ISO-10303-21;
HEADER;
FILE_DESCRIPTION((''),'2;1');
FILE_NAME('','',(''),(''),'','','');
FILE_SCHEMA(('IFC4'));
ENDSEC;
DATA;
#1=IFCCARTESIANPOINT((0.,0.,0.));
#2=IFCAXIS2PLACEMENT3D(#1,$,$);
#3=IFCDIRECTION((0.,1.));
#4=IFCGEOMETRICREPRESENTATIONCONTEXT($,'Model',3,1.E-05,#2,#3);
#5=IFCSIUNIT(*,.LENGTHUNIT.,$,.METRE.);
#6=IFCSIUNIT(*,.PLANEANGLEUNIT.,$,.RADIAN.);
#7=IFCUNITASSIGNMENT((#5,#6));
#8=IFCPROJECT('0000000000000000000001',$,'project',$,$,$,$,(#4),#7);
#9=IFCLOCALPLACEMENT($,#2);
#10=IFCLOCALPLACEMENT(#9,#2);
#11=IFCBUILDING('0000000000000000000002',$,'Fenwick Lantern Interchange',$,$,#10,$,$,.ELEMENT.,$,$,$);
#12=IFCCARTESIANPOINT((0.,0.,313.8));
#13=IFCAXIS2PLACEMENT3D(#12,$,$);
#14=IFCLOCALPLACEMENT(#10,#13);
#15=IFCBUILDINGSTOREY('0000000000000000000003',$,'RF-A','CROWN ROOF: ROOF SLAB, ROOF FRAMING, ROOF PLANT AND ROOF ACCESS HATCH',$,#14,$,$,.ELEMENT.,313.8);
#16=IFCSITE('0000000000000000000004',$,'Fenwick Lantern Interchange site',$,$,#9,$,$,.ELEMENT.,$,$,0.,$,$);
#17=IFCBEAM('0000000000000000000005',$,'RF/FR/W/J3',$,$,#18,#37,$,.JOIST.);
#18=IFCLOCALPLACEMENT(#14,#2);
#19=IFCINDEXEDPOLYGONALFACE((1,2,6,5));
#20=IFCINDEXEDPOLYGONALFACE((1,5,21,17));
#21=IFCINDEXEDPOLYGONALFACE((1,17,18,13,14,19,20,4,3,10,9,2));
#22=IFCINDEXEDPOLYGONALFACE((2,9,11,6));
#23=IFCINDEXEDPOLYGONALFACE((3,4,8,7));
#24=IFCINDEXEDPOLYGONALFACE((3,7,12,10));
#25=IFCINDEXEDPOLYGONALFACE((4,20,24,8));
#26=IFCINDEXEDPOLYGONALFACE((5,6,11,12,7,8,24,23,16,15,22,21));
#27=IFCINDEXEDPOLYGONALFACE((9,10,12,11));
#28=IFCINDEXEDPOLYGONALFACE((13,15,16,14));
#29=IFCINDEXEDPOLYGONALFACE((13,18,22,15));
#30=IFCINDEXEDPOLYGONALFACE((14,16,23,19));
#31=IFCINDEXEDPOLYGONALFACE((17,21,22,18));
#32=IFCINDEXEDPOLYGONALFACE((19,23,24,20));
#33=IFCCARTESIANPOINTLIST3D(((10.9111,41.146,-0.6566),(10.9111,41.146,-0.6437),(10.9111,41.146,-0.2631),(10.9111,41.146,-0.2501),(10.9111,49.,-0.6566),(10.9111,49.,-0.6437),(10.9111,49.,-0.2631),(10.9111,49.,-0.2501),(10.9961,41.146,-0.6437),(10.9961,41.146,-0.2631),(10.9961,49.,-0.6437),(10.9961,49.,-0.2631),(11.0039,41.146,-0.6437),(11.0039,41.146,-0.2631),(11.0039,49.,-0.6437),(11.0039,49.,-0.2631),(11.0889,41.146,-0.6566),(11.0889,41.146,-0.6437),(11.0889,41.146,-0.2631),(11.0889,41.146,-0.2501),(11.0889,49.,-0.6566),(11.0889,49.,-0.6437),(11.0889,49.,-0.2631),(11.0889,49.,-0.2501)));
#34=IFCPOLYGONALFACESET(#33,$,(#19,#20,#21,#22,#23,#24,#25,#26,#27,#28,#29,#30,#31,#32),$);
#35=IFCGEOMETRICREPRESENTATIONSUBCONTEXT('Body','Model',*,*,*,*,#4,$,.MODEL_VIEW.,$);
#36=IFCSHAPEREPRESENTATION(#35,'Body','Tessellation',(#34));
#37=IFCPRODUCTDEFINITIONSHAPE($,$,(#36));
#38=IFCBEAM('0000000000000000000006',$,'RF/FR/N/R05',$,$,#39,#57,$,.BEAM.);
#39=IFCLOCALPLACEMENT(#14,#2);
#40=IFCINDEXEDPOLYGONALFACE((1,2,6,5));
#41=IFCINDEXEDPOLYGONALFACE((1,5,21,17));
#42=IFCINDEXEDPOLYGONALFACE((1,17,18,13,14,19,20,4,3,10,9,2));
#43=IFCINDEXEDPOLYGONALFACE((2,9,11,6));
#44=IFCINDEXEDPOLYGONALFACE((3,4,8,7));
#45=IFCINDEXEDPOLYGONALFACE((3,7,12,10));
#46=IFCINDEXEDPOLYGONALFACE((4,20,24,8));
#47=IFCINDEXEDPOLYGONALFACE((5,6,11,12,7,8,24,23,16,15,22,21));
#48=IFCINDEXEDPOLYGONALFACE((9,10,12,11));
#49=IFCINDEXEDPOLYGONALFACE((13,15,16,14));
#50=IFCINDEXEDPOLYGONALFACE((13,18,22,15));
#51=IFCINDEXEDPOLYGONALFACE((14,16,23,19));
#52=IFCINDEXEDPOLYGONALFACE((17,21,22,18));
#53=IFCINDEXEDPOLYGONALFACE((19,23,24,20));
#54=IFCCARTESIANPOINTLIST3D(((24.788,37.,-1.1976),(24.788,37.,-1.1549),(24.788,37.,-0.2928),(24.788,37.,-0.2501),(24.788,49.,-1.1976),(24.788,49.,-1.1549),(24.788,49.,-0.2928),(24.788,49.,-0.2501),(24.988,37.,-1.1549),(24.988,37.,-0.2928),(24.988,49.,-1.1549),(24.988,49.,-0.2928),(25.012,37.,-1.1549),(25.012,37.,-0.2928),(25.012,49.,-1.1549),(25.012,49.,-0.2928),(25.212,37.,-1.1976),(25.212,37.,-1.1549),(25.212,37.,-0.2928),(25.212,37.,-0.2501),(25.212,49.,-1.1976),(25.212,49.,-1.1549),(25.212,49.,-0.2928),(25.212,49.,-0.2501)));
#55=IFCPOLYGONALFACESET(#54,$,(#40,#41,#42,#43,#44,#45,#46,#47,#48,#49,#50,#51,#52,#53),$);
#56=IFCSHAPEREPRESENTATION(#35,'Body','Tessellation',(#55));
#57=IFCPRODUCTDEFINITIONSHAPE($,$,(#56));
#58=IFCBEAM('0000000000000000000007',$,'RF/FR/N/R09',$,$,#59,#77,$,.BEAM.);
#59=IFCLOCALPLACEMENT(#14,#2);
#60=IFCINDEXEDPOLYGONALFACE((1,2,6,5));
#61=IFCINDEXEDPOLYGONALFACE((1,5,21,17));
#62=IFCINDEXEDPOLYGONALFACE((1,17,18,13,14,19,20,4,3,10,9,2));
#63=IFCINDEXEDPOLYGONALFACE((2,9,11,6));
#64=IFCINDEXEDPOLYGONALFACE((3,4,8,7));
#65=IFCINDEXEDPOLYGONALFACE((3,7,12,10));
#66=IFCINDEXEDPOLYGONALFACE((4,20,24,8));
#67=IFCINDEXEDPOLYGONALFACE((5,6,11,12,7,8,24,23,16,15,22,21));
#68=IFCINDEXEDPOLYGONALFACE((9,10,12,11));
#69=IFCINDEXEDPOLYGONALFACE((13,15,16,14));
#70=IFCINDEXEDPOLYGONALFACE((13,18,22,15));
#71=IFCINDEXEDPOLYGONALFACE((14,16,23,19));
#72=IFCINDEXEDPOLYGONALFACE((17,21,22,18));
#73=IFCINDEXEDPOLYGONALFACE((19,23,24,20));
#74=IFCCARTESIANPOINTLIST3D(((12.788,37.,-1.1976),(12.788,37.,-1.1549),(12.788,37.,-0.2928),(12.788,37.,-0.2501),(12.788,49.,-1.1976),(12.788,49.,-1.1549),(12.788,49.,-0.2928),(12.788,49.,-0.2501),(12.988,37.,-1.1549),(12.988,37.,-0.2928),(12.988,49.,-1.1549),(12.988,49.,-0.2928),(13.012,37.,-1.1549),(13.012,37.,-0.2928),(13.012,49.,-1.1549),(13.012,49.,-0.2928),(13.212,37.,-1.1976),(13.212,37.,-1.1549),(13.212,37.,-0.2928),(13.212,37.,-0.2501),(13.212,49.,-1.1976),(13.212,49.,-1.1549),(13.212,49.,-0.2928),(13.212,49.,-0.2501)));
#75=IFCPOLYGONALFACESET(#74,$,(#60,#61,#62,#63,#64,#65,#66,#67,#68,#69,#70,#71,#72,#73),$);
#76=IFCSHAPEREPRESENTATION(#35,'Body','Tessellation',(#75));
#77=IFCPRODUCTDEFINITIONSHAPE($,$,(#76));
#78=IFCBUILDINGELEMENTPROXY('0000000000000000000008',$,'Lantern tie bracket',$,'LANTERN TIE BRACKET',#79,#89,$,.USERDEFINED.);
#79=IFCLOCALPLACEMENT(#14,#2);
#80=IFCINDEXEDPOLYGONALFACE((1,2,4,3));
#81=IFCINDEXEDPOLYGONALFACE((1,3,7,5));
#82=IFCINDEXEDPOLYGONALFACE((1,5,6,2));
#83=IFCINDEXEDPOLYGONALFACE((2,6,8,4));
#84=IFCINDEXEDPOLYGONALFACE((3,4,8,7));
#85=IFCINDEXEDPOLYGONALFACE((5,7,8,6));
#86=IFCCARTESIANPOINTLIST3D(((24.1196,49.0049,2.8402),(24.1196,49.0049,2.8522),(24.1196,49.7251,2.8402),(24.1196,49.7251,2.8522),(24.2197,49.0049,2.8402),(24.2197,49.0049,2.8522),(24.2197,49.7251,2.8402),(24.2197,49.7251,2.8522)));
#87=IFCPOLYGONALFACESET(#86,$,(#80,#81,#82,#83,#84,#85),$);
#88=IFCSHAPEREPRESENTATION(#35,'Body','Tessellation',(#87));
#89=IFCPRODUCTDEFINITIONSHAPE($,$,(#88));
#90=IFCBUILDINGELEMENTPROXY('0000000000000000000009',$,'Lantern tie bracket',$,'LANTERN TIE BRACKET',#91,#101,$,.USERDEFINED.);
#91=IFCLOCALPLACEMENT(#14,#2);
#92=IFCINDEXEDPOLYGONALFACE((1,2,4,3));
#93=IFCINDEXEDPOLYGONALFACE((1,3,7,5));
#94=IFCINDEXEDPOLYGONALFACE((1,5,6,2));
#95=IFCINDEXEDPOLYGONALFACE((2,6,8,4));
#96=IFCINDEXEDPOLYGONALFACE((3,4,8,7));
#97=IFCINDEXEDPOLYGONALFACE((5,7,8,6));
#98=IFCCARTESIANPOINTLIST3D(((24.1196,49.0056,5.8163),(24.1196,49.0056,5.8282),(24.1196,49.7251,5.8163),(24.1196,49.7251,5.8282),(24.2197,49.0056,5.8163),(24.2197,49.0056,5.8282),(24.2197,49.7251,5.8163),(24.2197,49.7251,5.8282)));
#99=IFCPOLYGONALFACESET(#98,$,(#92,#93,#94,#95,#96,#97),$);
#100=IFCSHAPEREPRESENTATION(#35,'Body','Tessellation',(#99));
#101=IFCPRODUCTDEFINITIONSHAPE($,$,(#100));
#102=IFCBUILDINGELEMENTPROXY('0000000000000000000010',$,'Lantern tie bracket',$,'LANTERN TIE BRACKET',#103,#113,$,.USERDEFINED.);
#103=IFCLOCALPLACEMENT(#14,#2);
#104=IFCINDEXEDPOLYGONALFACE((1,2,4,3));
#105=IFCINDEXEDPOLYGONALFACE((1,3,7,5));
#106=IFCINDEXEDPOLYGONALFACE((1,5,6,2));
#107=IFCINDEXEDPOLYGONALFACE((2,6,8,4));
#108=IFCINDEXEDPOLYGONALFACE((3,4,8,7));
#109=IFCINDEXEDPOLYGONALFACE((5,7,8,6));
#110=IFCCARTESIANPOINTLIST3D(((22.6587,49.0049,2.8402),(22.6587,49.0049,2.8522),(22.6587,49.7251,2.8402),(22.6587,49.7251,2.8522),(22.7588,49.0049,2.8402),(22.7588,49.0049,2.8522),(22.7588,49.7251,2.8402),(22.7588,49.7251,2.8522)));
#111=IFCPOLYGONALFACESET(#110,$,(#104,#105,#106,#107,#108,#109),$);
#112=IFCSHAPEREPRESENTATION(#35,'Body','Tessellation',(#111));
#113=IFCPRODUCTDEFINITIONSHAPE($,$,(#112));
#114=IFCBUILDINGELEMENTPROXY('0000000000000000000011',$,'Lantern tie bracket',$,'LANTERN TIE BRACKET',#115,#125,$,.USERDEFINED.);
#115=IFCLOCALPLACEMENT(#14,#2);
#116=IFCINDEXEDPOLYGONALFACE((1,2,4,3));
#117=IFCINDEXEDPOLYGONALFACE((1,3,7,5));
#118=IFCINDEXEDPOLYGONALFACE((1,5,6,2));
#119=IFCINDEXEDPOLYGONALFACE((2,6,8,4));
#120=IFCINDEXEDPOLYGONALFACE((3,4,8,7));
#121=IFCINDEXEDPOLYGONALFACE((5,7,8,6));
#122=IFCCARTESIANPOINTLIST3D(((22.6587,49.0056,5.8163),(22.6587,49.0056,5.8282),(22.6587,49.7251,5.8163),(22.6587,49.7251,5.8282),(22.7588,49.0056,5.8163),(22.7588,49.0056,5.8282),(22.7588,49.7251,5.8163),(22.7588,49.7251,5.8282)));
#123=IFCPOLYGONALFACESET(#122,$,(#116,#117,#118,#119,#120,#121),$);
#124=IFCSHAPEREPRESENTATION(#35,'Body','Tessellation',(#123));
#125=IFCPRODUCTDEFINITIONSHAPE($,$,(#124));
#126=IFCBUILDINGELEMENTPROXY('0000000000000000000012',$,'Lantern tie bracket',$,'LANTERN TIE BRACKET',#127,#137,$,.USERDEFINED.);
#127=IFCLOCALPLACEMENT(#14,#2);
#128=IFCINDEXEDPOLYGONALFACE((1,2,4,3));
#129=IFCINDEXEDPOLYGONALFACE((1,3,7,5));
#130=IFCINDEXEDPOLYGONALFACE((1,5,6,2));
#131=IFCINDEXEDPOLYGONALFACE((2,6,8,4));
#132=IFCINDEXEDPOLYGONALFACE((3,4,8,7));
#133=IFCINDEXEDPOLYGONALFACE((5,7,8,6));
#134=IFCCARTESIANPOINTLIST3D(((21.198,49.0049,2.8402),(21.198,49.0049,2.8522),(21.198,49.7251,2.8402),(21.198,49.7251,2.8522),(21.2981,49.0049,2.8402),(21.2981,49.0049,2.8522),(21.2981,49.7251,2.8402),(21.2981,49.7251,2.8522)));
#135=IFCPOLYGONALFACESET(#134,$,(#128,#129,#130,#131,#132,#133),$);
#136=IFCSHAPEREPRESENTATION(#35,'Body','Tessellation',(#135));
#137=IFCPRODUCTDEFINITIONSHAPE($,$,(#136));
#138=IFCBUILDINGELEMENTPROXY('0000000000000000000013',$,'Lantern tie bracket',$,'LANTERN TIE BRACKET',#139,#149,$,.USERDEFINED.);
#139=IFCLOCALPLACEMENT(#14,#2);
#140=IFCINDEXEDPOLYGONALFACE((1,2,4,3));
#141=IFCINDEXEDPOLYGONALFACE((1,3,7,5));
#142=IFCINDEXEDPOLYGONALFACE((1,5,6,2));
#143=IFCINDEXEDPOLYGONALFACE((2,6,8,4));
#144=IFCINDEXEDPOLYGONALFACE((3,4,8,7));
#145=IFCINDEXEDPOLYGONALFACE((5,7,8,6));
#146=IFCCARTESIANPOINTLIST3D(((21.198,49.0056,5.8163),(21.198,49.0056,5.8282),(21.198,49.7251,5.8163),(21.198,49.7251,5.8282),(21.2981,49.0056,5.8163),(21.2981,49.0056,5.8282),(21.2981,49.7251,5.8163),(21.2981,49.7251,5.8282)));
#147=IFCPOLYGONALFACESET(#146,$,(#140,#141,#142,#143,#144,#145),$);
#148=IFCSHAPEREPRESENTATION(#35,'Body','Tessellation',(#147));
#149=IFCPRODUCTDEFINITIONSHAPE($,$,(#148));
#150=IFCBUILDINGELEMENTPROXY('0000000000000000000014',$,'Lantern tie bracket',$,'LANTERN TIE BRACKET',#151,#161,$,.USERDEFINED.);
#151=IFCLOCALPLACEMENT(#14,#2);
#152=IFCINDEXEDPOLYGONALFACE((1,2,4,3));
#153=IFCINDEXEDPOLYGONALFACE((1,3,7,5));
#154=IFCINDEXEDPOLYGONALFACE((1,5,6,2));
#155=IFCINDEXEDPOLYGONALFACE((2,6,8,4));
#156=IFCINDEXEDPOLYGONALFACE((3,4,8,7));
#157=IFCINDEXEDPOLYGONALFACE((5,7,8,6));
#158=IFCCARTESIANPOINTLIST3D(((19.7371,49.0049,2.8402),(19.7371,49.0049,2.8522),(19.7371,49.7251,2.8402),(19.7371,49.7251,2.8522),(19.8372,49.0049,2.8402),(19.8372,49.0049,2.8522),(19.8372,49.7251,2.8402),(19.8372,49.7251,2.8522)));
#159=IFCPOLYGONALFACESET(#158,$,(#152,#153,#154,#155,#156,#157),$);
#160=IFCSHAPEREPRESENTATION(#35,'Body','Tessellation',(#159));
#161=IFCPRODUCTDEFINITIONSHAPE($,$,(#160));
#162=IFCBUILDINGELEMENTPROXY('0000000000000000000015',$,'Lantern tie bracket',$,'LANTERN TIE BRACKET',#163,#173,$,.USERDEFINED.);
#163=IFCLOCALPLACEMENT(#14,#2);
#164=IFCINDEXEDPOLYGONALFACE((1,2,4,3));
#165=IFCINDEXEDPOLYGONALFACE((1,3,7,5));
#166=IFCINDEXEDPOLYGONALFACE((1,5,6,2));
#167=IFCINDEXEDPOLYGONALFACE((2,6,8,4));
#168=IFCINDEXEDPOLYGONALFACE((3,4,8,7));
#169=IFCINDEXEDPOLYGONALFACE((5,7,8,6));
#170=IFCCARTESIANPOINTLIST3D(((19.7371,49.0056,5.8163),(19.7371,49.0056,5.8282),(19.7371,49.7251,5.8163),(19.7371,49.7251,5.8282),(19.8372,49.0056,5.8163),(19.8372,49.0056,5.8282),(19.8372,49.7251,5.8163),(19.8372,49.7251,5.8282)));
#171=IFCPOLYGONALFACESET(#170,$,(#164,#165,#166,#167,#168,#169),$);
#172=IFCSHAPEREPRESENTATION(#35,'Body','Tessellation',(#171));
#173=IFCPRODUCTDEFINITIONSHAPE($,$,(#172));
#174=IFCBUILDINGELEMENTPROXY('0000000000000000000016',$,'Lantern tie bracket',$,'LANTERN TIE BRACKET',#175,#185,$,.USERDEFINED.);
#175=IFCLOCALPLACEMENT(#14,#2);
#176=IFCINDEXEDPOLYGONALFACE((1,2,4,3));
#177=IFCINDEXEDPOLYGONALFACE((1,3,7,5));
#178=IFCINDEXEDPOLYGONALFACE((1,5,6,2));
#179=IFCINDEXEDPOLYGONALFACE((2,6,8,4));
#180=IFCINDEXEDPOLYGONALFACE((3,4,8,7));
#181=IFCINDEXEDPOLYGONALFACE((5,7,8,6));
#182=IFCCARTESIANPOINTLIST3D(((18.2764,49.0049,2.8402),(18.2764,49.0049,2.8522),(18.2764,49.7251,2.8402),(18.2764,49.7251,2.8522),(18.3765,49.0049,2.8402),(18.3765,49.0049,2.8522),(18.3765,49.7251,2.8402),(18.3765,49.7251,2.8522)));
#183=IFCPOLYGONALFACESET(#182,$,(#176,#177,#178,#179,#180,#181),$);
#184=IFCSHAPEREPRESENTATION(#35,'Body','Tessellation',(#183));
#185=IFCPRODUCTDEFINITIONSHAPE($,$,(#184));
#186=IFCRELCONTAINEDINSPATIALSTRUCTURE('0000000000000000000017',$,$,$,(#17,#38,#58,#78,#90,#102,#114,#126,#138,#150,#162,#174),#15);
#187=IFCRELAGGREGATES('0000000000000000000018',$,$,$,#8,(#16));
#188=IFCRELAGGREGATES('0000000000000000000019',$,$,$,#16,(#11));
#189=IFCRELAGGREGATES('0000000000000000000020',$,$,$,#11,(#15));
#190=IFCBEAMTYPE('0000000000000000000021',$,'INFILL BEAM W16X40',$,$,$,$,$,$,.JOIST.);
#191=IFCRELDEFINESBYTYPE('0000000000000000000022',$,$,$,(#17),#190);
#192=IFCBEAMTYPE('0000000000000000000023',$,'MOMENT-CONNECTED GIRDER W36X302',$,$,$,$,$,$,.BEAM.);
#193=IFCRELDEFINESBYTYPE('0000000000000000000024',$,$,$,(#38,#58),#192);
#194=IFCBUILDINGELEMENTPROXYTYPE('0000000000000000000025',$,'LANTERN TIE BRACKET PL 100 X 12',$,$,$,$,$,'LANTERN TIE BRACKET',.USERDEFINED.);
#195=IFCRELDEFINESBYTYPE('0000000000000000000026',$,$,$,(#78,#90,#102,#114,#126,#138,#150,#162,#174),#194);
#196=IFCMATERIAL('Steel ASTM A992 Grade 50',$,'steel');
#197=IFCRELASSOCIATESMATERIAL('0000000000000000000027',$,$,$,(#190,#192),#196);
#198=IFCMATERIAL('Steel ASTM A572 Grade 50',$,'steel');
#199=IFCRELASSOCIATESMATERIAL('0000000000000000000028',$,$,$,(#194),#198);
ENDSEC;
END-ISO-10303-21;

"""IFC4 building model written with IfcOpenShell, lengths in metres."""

from ifc_helpers import new_model, si_unit, direction, frame, origin, origin_2d, place, context, subcontext, project, spatial, rectangle, i_section, extrude, material, material_profile, profile_set, type_object, element, save


model = new_model("IFC4")

# Units and contexts
model_context = context("Model", 3, precision=1e-05, world=origin(), true_north=direction((0.0, 1.0)))
body_context = subcontext(model_context, "Body", "Model", "MODEL_VIEW")
ifc_project = project(units=[si_unit("LENGTHUNIT", "METRE"), si_unit("PLANEANGLEUNIT", "RADIAN")], contexts=[model_context])

# Site, building, storey
site_placement = place(None, origin())
site = spatial("IfcSite", under=ifc_project, at=site_placement, Name="Fenwick Lantern Interchange site", CompositionType="ELEMENT", RefElevation=0.0)
building_placement = place(site_placement, origin())
building = spatial("IfcBuilding", under=site, at=building_placement, Name="Fenwick Lantern Interchange", CompositionType="ELEMENT")
storey_placement = place(building_placement, frame((0.0, 0.0, 313.8)))
storey = spatial("IfcBuildingStorey", under=building, at=storey_placement, Name="RF-A", Description="CROWN ROOF: ROOF SLAB, ROOF FRAMING, ROOF PLANT AND ROOF ACCESS HATCH", CompositionType="ELEMENT", Elevation=313.8)

# Shared definitions
ifc_material_1 = material(Name="Steel ASTM A992 Grade 50", Category="steel")

# Beams
ifc_material_profile_1 = material_profile(ifc_material_1, i_section(OverallWidth=0.1777, OverallDepth=0.4065, WebThickness=0.0078, FlangeThickness=0.0129, at=origin_2d()), Name="W16X40")
ifc_profile_set_1 = profile_set([ifc_material_profile_1], Name="Steel ASTM A992 Grade 50")
beam_type_1 = type_object("IfcBeamType", Name="INFILL BEAM W16X40", PredefinedType="JOIST", material=ifc_profile_set_1)
beam_1_placement = place(storey_placement, frame((11.0, 49.0, -0.4534), z_axis=(0.0, -1.0, 0.0), x_axis=(1.0, 0.0, 0.0)))
element("IfcBeam", 1, at=beam_1_placement, inside=storey, type_object=beam_type_1, Name="RF/FR/W/J3", PredefinedType="JOIST", context=body_context, shape_type="SweptSolid", body=[
    extrude(i_section(OverallWidth=0.1777, OverallDepth=0.4065, WebThickness=0.0078, FlangeThickness=0.0129, at=origin_2d()), origin(), (0.0, 0.0, 1.0), 7.854),
])
ifc_material_profile_2 = material_profile(ifc_material_1, i_section(OverallWidth=0.4241, OverallDepth=0.9475, WebThickness=0.0239, FlangeThickness=0.0427, at=origin_2d()), Name="W36X302")
ifc_profile_set_2 = profile_set([ifc_material_profile_2], Name="Steel ASTM A992 Grade 50")
beam_type_2 = type_object("IfcBeamType", Name="MOMENT-CONNECTED GIRDER W36X302", PredefinedType="BEAM", material=ifc_profile_set_2)
for number, where, z_axis, x_axis, name in (
    (2, (25.0, 49.0, -0.7239), (0.0, -1.0, 0.0), (1.0, 0.0, 0.0), "RF/FR/N/R05"),
    (3, (13.0, 49.0, -0.7239), (0.0, -1.0, 0.0), (1.0, 0.0, 0.0), "RF/FR/N/R09"),
):
    element("IfcBeam", number, at=place(storey_placement, frame(where, z_axis=z_axis, x_axis=x_axis)), inside=storey, type_object=beam_type_2, Name=name, PredefinedType="BEAM", context=body_context, shape_type="SweptSolid", body=[
        extrude(i_section(OverallWidth=0.4241, OverallDepth=0.9475, WebThickness=0.0239, FlangeThickness=0.0427, at=origin_2d()), origin(), (0.0, 0.0, 1.0), 12.0),
    ])

# Building element proxies
ifc_material_2 = material(Name="Steel ASTM A572 Grade 50", Category="steel")
ifc_material_profile_3 = material_profile(ifc_material_2, rectangle(XDim=0.1001, YDim=0.012, at=origin_2d()), Name="PL100X12")
ifc_profile_set_3 = profile_set([ifc_material_profile_3], Name="Steel ASTM A572 Grade 50")
building_element_proxy_type = type_object("IfcBuildingElementProxyType", Name="LANTERN TIE BRACKET PL 100 X 12", ElementType="LANTERN TIE BRACKET", PredefinedType="USERDEFINED", material=ifc_profile_set_3)
proxy_1_placement = place(storey_placement, frame((24.1697, 49.7251, 2.8462), z_axis=(0.0, -1.0, 0.0), x_axis=(1.0, 0.0, 0.0)))
element("IfcBuildingElementProxy", 4, at=proxy_1_placement, inside=storey, type_object=building_element_proxy_type, Name="Lantern tie bracket", ObjectType="LANTERN TIE BRACKET", PredefinedType="USERDEFINED", context=body_context, shape_type="SweptSolid", body=[
    extrude(rectangle(XDim=0.1001, YDim=0.012, at=origin_2d()), origin(), (0.0, 0.0, 1.0), 0.7202),
])
proxy_2_placement = place(storey_placement, frame((24.1697, 49.7251, 5.8223), z_axis=(0.0, -1.0, 0.0), x_axis=(1.0, 0.0, 0.0)))
element("IfcBuildingElementProxy", 5, at=proxy_2_placement, inside=storey, type_object=building_element_proxy_type, Name="Lantern tie bracket", ObjectType="LANTERN TIE BRACKET", PredefinedType="USERDEFINED", context=body_context, shape_type="SweptSolid", body=[
    extrude(rectangle(XDim=0.1001, YDim=0.012, at=origin_2d()), origin(), (0.0, 0.0, 1.0), 0.7195),
])
proxy_3_placement = place(storey_placement, frame((22.7087, 49.7251, 2.8462), z_axis=(0.0, -1.0, 0.0), x_axis=(1.0, 0.0, 0.0)))
element("IfcBuildingElementProxy", 6, at=proxy_3_placement, inside=storey, type_object=building_element_proxy_type, Name="Lantern tie bracket", ObjectType="LANTERN TIE BRACKET", PredefinedType="USERDEFINED", context=body_context, shape_type="SweptSolid", body=[
    extrude(rectangle(XDim=0.1001, YDim=0.012, at=origin_2d()), origin(), (0.0, 0.0, 1.0), 0.7202),
])
proxy_4_placement = place(storey_placement, frame((22.7087, 49.7251, 5.8223), z_axis=(0.0, -1.0, 0.0), x_axis=(1.0, 0.0, 0.0)))
element("IfcBuildingElementProxy", 7, at=proxy_4_placement, inside=storey, type_object=building_element_proxy_type, Name="Lantern tie bracket", ObjectType="LANTERN TIE BRACKET", PredefinedType="USERDEFINED", context=body_context, shape_type="SweptSolid", body=[
    extrude(rectangle(XDim=0.1001, YDim=0.012, at=origin_2d()), origin(), (0.0, 0.0, 1.0), 0.7195),
])
proxy_5_placement = place(storey_placement, frame((21.248, 49.7251, 2.8462), z_axis=(0.0, -1.0, 0.0), x_axis=(1.0, 0.0, 0.0)))
element("IfcBuildingElementProxy", 8, at=proxy_5_placement, inside=storey, type_object=building_element_proxy_type, Name="Lantern tie bracket", ObjectType="LANTERN TIE BRACKET", PredefinedType="USERDEFINED", context=body_context, shape_type="SweptSolid", body=[
    extrude(rectangle(XDim=0.1001, YDim=0.012, at=origin_2d()), origin(), (0.0, 0.0, 1.0), 0.7202),
])
proxy_6_placement = place(storey_placement, frame((21.248, 49.7251, 5.8223), z_axis=(0.0, -1.0, 0.0), x_axis=(1.0, 0.0, 0.0)))
element("IfcBuildingElementProxy", 9, at=proxy_6_placement, inside=storey, type_object=building_element_proxy_type, Name="Lantern tie bracket", ObjectType="LANTERN TIE BRACKET", PredefinedType="USERDEFINED", context=body_context, shape_type="SweptSolid", body=[
    extrude(rectangle(XDim=0.1001, YDim=0.012, at=origin_2d()), origin(), (0.0, 0.0, 1.0), 0.7195),
])
proxy_7_placement = place(storey_placement, frame((19.7871, 49.7251, 2.8462), z_axis=(0.0, -1.0, 0.0), x_axis=(1.0, 0.0, 0.0)))
element("IfcBuildingElementProxy", 10, at=proxy_7_placement, inside=storey, type_object=building_element_proxy_type, Name="Lantern tie bracket", ObjectType="LANTERN TIE BRACKET", PredefinedType="USERDEFINED", context=body_context, shape_type="SweptSolid", body=[
    extrude(rectangle(XDim=0.1001, YDim=0.012, at=origin_2d()), origin(), (0.0, 0.0, 1.0), 0.7202),
])
proxy_8_placement = place(storey_placement, frame((19.7871, 49.7251, 5.8223), z_axis=(0.0, -1.0, 0.0), x_axis=(1.0, 0.0, 0.0)))
element("IfcBuildingElementProxy", 11, at=proxy_8_placement, inside=storey, type_object=building_element_proxy_type, Name="Lantern tie bracket", ObjectType="LANTERN TIE BRACKET", PredefinedType="USERDEFINED", context=body_context, shape_type="SweptSolid", body=[
    extrude(rectangle(XDim=0.1001, YDim=0.012, at=origin_2d()), origin(), (0.0, 0.0, 1.0), 0.7195),
])
proxy_9_placement = place(storey_placement, frame((18.3264, 49.7251, 2.8462), z_axis=(0.0, -1.0, 0.0), x_axis=(1.0, 0.0, 0.0)))
element("IfcBuildingElementProxy", 12, at=proxy_9_placement, inside=storey, type_object=building_element_proxy_type, Name="Lantern tie bracket", ObjectType="LANTERN TIE BRACKET", PredefinedType="USERDEFINED", context=body_context, shape_type="SweptSolid", body=[
    extrude(rectangle(XDim=0.1001, YDim=0.012, at=origin_2d()), origin(), (0.0, 0.0, 1.0), 0.7202),
])

save(model, "model.ifc")
